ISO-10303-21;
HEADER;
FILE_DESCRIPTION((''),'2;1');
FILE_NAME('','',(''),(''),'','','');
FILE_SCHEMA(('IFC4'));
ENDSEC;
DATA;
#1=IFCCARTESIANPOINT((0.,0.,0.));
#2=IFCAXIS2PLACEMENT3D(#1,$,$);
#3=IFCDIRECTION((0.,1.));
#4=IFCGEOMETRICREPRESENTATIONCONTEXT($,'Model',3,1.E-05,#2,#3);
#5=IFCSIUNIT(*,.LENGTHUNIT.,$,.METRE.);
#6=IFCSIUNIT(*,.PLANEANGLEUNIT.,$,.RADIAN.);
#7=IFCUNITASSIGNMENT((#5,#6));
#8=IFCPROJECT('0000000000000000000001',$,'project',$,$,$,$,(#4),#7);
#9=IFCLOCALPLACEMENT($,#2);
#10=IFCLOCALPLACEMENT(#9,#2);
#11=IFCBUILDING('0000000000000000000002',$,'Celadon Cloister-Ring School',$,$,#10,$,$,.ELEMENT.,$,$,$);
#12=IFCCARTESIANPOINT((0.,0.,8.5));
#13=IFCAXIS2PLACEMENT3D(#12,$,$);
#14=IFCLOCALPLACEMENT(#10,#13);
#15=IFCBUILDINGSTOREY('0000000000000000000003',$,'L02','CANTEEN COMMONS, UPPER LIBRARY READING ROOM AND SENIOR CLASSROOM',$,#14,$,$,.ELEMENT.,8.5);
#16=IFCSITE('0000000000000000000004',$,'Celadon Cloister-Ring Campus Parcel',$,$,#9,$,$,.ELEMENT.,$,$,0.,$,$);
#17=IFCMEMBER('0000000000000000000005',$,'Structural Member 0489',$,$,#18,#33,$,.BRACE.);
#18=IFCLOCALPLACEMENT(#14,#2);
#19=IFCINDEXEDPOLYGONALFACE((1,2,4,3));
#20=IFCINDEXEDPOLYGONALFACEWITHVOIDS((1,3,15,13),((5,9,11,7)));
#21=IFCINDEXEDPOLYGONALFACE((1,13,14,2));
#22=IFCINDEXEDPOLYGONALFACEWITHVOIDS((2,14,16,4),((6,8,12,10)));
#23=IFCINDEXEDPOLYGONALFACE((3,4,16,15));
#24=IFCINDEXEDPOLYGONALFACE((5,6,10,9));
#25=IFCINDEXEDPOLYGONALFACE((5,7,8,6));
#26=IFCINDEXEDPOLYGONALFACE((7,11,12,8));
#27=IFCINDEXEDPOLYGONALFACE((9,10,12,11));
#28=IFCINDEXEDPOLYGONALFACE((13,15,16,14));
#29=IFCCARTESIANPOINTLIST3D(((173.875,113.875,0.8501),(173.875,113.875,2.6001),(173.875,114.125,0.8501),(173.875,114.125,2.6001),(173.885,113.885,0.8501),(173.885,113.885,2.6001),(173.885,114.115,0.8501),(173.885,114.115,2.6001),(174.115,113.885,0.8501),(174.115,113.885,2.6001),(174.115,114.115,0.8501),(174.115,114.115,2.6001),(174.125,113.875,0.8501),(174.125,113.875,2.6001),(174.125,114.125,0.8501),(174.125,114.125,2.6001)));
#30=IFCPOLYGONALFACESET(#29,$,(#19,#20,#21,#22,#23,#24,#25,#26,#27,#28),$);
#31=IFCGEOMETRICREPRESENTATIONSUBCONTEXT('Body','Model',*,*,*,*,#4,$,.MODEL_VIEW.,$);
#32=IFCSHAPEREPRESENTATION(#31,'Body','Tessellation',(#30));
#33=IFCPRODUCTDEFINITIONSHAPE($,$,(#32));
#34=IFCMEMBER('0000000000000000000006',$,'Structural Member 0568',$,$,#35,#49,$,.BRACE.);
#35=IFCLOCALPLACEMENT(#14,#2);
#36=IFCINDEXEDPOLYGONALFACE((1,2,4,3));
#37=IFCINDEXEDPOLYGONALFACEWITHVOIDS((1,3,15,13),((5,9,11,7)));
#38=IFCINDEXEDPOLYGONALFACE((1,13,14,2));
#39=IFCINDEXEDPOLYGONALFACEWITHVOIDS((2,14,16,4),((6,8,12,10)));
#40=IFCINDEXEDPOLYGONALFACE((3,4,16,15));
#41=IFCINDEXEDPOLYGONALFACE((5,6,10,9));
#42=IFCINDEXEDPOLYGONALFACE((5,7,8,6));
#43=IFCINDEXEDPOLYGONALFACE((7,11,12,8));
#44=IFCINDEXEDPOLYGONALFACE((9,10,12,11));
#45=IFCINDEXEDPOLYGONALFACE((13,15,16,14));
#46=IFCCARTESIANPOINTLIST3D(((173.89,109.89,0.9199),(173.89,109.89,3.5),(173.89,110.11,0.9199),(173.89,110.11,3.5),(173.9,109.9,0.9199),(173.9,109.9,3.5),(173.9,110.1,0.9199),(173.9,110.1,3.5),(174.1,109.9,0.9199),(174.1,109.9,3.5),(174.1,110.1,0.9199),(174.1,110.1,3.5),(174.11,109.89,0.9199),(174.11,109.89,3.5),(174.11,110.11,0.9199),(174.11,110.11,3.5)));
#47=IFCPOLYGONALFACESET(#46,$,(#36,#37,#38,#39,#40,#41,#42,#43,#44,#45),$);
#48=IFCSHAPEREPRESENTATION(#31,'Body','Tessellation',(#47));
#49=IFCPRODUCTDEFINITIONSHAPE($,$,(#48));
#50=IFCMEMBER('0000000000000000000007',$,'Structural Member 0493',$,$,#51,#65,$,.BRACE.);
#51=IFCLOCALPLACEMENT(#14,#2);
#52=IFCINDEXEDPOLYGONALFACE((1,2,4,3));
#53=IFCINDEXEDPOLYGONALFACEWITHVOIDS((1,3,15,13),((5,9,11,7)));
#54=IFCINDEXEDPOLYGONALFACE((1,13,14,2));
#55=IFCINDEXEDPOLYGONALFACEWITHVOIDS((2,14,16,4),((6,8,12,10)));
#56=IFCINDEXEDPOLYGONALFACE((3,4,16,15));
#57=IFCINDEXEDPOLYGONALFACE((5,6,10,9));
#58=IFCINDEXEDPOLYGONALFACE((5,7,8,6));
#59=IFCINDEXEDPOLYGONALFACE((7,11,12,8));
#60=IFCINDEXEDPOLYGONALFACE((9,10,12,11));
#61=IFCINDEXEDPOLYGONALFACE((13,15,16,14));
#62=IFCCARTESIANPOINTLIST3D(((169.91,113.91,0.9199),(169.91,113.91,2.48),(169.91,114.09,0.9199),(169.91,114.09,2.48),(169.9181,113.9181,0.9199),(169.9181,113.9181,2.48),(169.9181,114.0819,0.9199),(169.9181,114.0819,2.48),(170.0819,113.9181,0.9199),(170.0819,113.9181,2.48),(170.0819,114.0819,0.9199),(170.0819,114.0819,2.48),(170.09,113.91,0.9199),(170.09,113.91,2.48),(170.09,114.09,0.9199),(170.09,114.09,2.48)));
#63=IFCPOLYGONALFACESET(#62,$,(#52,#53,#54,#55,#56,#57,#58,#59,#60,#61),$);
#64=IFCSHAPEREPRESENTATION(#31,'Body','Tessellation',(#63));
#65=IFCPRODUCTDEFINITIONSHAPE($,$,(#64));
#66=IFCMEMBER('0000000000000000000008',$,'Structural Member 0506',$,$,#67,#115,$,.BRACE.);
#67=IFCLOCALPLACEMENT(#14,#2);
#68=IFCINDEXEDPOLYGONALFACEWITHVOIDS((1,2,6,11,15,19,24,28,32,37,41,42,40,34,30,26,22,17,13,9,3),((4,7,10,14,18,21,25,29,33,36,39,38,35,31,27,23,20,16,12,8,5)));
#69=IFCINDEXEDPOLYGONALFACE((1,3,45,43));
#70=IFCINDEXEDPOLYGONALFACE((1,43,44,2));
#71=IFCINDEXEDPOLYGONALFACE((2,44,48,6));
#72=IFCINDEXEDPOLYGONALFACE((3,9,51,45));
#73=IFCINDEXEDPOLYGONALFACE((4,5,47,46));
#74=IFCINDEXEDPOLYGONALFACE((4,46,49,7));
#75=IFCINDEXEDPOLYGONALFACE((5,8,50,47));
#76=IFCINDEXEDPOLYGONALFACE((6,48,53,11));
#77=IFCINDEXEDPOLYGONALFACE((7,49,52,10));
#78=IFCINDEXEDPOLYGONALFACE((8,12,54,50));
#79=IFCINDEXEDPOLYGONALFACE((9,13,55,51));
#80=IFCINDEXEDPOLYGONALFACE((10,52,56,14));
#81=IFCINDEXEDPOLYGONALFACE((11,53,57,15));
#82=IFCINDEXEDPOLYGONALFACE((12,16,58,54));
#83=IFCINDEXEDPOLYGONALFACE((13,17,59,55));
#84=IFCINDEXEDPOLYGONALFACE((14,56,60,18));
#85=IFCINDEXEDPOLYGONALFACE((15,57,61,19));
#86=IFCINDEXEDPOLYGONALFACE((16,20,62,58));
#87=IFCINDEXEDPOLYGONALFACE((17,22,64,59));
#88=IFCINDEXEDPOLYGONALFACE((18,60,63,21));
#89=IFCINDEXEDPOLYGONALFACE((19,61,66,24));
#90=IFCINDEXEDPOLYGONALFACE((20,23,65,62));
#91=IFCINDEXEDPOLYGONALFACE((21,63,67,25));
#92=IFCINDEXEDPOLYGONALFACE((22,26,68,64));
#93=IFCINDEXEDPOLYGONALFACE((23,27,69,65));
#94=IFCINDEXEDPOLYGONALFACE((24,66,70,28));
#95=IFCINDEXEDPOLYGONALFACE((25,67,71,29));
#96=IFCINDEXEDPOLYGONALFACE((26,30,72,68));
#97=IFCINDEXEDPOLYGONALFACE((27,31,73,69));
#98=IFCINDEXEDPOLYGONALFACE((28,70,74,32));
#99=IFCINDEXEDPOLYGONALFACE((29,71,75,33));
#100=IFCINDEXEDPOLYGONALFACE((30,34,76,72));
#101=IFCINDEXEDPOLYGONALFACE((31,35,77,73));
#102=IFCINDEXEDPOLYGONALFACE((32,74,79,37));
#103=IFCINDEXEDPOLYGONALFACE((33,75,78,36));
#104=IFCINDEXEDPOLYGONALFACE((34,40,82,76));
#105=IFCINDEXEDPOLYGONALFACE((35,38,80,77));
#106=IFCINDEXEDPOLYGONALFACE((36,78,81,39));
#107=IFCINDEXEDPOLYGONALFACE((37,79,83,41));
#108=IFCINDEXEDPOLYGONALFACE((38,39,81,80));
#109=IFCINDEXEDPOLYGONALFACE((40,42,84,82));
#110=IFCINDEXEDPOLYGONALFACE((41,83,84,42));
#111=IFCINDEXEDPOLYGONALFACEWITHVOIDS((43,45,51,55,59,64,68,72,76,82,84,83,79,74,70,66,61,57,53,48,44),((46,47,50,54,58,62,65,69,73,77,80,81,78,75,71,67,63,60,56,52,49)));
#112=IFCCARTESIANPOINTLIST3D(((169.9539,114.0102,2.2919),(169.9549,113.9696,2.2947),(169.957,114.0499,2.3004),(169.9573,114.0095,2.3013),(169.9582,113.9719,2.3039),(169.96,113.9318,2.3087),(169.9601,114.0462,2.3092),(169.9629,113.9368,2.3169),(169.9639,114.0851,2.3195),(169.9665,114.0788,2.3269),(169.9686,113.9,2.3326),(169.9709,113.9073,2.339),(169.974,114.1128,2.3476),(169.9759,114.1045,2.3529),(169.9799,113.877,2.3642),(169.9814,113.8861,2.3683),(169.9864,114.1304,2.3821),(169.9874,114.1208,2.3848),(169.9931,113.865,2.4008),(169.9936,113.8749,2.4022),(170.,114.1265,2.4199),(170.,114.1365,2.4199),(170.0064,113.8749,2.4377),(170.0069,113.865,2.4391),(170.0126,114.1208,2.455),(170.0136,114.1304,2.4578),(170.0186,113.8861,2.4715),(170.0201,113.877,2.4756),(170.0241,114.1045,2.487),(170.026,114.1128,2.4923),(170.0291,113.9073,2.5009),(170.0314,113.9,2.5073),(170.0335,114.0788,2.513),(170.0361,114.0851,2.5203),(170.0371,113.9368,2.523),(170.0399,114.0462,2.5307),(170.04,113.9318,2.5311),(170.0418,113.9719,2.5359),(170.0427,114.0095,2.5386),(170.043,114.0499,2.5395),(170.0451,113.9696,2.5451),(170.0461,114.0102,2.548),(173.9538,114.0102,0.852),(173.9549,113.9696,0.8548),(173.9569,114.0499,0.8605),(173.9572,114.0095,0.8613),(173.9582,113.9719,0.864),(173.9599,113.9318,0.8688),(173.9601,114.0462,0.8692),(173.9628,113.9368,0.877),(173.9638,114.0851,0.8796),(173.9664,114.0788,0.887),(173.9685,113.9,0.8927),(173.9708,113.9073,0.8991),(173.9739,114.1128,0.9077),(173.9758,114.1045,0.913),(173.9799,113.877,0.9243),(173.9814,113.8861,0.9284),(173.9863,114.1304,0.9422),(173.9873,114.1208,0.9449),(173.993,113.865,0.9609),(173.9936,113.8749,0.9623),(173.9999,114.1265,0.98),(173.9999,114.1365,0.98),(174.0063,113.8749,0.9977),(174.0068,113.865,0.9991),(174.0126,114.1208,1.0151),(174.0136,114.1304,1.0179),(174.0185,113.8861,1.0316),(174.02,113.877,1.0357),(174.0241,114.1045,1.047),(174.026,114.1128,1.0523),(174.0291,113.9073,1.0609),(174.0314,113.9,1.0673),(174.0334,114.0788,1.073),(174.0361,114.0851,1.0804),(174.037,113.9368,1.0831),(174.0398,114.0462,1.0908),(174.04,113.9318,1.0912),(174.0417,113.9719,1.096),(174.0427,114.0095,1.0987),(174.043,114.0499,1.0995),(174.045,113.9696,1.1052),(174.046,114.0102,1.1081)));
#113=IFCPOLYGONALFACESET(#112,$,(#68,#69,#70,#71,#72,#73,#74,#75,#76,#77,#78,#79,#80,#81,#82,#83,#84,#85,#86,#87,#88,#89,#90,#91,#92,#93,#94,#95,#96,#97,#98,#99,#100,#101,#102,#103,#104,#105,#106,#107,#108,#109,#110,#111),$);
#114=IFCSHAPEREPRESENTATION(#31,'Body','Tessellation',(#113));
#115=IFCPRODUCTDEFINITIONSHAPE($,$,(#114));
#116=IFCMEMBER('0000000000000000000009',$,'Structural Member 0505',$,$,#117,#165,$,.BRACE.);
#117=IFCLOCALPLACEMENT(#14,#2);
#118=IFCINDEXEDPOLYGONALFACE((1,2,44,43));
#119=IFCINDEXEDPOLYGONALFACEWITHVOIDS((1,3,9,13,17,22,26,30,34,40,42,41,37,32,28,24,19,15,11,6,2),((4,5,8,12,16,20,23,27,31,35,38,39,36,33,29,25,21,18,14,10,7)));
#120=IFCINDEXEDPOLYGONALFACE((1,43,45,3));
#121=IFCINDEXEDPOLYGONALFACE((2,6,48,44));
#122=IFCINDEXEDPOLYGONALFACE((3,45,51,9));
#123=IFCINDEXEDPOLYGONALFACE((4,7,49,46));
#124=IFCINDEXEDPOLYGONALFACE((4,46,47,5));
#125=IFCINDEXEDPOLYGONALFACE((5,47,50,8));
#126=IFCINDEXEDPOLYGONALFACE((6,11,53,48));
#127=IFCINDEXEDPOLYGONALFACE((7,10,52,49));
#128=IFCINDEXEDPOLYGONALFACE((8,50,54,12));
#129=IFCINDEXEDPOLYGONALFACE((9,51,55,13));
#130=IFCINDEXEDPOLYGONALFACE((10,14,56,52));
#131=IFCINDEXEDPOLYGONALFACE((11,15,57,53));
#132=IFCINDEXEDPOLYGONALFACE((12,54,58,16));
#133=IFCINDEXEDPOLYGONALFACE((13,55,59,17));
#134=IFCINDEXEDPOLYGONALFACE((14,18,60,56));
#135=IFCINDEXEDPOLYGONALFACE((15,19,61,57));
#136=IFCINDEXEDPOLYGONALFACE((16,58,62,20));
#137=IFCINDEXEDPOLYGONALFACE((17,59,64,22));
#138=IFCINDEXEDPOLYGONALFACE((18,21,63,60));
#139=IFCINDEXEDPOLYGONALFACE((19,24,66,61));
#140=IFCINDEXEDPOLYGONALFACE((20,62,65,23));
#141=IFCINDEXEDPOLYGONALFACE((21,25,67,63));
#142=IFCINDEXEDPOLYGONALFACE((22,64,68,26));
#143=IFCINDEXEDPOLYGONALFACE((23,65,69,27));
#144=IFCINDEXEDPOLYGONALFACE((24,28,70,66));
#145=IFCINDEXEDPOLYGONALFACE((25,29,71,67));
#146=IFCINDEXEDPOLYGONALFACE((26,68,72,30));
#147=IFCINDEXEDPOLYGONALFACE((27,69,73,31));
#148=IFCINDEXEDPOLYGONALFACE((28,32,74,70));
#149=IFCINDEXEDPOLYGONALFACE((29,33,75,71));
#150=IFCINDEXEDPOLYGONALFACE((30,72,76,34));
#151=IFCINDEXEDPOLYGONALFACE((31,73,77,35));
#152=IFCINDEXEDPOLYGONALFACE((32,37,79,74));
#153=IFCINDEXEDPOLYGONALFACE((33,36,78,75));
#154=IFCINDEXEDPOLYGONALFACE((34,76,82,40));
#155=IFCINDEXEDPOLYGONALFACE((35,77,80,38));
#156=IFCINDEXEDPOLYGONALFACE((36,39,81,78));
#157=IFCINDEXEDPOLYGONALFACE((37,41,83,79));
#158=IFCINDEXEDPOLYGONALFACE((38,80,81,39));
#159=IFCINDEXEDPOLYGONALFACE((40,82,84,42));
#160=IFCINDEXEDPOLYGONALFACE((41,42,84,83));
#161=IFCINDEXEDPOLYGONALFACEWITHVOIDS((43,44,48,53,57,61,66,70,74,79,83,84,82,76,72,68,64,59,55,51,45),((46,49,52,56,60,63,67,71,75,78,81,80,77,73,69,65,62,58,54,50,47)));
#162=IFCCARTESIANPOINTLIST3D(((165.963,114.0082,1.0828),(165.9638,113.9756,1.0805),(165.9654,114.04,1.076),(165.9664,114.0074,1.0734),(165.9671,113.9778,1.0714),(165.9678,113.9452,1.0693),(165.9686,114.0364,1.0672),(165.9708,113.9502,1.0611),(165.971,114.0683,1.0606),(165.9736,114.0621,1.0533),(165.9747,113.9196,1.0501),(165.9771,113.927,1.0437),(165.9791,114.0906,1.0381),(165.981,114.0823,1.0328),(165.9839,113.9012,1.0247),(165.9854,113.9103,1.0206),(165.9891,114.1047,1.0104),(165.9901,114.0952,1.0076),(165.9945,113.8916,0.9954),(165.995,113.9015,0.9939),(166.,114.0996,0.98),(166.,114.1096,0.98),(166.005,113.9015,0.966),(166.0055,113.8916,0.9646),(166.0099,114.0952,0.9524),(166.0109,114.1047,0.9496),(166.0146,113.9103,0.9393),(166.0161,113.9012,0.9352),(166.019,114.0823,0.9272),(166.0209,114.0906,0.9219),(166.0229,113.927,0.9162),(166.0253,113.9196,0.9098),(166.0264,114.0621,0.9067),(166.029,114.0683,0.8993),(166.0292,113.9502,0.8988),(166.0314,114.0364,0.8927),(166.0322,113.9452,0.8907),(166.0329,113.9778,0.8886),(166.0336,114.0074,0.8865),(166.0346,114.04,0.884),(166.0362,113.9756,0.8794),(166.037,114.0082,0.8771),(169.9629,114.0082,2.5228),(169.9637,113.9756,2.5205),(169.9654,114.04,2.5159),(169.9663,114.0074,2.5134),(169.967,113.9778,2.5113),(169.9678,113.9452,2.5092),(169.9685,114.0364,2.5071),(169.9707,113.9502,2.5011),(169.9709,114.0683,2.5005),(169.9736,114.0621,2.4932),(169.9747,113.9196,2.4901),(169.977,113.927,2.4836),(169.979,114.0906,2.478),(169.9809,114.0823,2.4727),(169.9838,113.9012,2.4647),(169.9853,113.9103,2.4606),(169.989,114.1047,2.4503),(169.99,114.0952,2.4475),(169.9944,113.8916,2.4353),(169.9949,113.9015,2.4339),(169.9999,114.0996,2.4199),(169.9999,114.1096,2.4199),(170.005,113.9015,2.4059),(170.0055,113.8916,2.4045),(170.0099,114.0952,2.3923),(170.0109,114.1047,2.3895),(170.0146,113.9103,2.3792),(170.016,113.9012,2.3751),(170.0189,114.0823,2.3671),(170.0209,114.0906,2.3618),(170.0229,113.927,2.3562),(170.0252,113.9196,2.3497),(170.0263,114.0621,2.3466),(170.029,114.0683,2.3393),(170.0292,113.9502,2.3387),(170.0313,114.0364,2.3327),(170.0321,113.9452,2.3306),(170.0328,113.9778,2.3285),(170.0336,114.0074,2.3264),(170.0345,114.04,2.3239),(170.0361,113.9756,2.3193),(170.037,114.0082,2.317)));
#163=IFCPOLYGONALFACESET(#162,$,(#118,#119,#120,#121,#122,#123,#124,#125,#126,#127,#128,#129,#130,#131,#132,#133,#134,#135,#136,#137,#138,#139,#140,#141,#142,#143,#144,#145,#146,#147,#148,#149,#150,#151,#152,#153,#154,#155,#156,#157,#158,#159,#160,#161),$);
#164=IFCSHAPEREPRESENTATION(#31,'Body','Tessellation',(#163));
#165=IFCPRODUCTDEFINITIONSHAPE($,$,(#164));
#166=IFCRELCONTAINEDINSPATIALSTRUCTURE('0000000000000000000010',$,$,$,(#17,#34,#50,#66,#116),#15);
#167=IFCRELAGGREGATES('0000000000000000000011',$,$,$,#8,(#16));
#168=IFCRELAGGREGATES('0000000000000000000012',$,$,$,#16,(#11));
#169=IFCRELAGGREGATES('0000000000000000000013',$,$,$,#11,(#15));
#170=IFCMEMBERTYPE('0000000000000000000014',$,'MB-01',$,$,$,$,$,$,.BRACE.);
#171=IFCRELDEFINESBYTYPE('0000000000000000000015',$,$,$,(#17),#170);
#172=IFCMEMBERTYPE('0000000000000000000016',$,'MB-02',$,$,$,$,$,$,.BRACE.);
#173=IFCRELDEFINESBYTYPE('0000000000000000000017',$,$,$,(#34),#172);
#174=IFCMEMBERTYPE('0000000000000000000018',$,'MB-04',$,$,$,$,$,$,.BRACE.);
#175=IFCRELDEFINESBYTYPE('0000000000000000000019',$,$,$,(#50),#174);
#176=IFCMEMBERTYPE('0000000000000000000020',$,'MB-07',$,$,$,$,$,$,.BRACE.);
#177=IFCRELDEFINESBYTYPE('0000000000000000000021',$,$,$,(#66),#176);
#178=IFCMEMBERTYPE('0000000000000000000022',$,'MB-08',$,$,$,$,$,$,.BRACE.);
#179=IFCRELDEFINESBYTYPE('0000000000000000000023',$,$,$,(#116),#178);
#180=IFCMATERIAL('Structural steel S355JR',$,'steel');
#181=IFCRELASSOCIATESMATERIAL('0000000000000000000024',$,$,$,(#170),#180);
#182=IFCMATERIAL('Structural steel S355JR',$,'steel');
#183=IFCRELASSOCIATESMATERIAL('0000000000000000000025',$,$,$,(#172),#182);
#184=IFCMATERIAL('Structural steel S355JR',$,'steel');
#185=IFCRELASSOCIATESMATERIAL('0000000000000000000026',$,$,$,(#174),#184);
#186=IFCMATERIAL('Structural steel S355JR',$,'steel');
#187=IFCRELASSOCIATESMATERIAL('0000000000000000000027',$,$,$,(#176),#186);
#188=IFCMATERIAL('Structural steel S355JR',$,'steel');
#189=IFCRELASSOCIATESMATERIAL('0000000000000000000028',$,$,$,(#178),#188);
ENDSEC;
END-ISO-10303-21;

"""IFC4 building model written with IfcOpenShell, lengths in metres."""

from ifc_helpers import new_model, si_unit, direction, frame, origin, origin_2d, place, context, subcontext, project, spatial, hollow_rectangle, hollow_circle, extrude, material, material_profile, profile_set, type_object, element, save


model = new_model("IFC4")

# Units and contexts
model_context = context("Model", 3, precision=1e-05, world=origin(), true_north=direction((0.0, 1.0)))
body_context = subcontext(model_context, "Body", "Model", "MODEL_VIEW")
ifc_project = project(units=[si_unit("LENGTHUNIT", "METRE"), si_unit("PLANEANGLEUNIT", "RADIAN")], contexts=[model_context])

# Site, building, storey
site_placement = place(None, origin())
site = spatial("IfcSite", under=ifc_project, at=site_placement, Name="Celadon Cloister-Ring Campus Parcel", CompositionType="ELEMENT", RefElevation=0.0)
building_placement = place(site_placement, origin())
building = spatial("IfcBuilding", under=site, at=building_placement, Name="Celadon Cloister-Ring School", CompositionType="ELEMENT")
storey_placement = place(building_placement, frame((0.0, 0.0, 8.5)))
storey = spatial("IfcBuildingStorey", under=building, at=storey_placement, Name="L02", Description="CANTEEN COMMONS, UPPER LIBRARY READING ROOM AND SENIOR CLASSROOM", CompositionType="ELEMENT", Elevation=8.5)

# Members
ifc_material_1 = material(Name="Structural steel S355JR", Category="steel")
ifc_material_profile_1 = material_profile(ifc_material_1, hollow_rectangle(XDim=0.25, YDim=0.25, WallThickness=0.01, at=origin_2d()), Name="HSS250X250X10")
ifc_profile_set_1 = profile_set([ifc_material_profile_1], Name="Structural steel S355JR")
member_type_1 = type_object("IfcMemberType", Name="MB-01", PredefinedType="BRACE", material=ifc_profile_set_1)
member_1_placement = place(storey_placement, frame((174.0, 114.0, 0.8501), z_axis=(0.0, 0.0, 1.0), x_axis=(1.0, 0.0, 0.0)))
element("IfcMember", 1, at=member_1_placement, inside=storey, type_object=member_type_1, Name="Structural Member 0489", PredefinedType="BRACE", context=body_context, shape_type="SweptSolid", body=[
    extrude(hollow_rectangle(XDim=0.25, YDim=0.25, WallThickness=0.01, at=origin_2d()), origin(), (0.0, 0.0, 1.0), 1.75),
])
ifc_material_2 = material(Name="Structural steel S355JR", Category="steel")
ifc_material_profile_2 = material_profile(ifc_material_2, hollow_rectangle(XDim=0.22, YDim=0.22, WallThickness=0.01, at=origin_2d()), Name="HSS220X220X10")
ifc_profile_set_2 = profile_set([ifc_material_profile_2], Name="Structural steel S355JR")
member_type_2 = type_object("IfcMemberType", Name="MB-02", PredefinedType="BRACE", material=ifc_profile_set_2)
member_2_placement = place(storey_placement, frame((174.0, 110.0, 0.9199), z_axis=(0.0, 0.0, 1.0), x_axis=(1.0, 0.0, 0.0)))
element("IfcMember", 2, at=member_2_placement, inside=storey, type_object=member_type_2, Name="Structural Member 0568", PredefinedType="BRACE", context=body_context, shape_type="SweptSolid", body=[
    extrude(hollow_rectangle(XDim=0.22, YDim=0.22, WallThickness=0.01, at=origin_2d()), origin(), (0.0, 0.0, 1.0), 2.5801),
])
ifc_material_3 = material(Name="Structural steel S355JR", Category="steel")
ifc_material_profile_3 = material_profile(ifc_material_3, hollow_rectangle(XDim=0.1799, YDim=0.1799, WallThickness=0.0081, at=origin_2d()), Name="HSS180X180X8")
ifc_profile_set_3 = profile_set([ifc_material_profile_3], Name="Structural steel S355JR")
member_type_3 = type_object("IfcMemberType", Name="MB-04", PredefinedType="BRACE", material=ifc_profile_set_3)
member_3_placement = place(storey_placement, frame((170.0, 114.0, 0.9199), z_axis=(0.0, 0.0, 1.0), x_axis=(1.0, 0.0, 0.0)))
element("IfcMember", 3, at=member_3_placement, inside=storey, type_object=member_type_3, Name="Structural Member 0493", PredefinedType="BRACE", context=body_context, shape_type="SweptSolid", body=[
    extrude(hollow_rectangle(XDim=0.1799, YDim=0.1799, WallThickness=0.0081, at=origin_2d()), origin(), (0.0, 0.0, 1.0), 1.5601),
])
ifc_material_4 = material(Name="Structural steel S355JR", Category="steel")
ifc_material_profile_4 = material_profile(ifc_material_4, hollow_circle(Radius=0.1365, WallThickness=0.01, at=origin_2d()), Name="CHS273.0X10")
ifc_profile_set_4 = profile_set([ifc_material_profile_4], Name="Structural steel S355JR")
member_type_4 = type_object("IfcMemberType", Name="MB-07", PredefinedType="BRACE", material=ifc_profile_set_4)
member_4_placement = place(storey_placement, frame((170.0, 114.0, 2.4199), z_axis=(0.940892, 0.0, -0.338707), x_axis=(0.0, 1.0, 0.0)))
element("IfcMember", 4, at=member_4_placement, inside=storey, type_object=member_type_4, Name="Structural Member 0506", PredefinedType="BRACE", context=body_context, shape_type="SweptSolid", body=[
    extrude(hollow_circle(Radius=0.1365, WallThickness=0.01, at=origin_2d()), origin(), (0.0, 0.0, 1.0), 4.2512),
])
ifc_material_5 = material(Name="Structural steel S355JR", Category="steel")
ifc_material_profile_5 = material_profile(ifc_material_5, hollow_circle(Radius=0.1096, WallThickness=0.01, at=origin_2d()), Name="CHS219.1X10")
ifc_profile_set_5 = profile_set([ifc_material_profile_5], Name="Structural steel S355JR")
member_type_5 = type_object("IfcMemberType", Name="MB-08", PredefinedType="BRACE", material=ifc_profile_set_5)
member_5_placement = place(storey_placement, frame((166.0, 114.0, 0.98), z_axis=(0.940892, 0.0, 0.338707), x_axis=(0.0, 1.0, 0.0)))
element("IfcMember", 5, at=member_5_placement, inside=storey, type_object=member_type_5, Name="Structural Member 0505", PredefinedType="BRACE", context=body_context, shape_type="SweptSolid", body=[
    extrude(hollow_circle(Radius=0.1096, WallThickness=0.01, at=origin_2d()), origin(), (0.0, 0.0, 1.0), 4.2512),
])

save(model, "model.ifc")
